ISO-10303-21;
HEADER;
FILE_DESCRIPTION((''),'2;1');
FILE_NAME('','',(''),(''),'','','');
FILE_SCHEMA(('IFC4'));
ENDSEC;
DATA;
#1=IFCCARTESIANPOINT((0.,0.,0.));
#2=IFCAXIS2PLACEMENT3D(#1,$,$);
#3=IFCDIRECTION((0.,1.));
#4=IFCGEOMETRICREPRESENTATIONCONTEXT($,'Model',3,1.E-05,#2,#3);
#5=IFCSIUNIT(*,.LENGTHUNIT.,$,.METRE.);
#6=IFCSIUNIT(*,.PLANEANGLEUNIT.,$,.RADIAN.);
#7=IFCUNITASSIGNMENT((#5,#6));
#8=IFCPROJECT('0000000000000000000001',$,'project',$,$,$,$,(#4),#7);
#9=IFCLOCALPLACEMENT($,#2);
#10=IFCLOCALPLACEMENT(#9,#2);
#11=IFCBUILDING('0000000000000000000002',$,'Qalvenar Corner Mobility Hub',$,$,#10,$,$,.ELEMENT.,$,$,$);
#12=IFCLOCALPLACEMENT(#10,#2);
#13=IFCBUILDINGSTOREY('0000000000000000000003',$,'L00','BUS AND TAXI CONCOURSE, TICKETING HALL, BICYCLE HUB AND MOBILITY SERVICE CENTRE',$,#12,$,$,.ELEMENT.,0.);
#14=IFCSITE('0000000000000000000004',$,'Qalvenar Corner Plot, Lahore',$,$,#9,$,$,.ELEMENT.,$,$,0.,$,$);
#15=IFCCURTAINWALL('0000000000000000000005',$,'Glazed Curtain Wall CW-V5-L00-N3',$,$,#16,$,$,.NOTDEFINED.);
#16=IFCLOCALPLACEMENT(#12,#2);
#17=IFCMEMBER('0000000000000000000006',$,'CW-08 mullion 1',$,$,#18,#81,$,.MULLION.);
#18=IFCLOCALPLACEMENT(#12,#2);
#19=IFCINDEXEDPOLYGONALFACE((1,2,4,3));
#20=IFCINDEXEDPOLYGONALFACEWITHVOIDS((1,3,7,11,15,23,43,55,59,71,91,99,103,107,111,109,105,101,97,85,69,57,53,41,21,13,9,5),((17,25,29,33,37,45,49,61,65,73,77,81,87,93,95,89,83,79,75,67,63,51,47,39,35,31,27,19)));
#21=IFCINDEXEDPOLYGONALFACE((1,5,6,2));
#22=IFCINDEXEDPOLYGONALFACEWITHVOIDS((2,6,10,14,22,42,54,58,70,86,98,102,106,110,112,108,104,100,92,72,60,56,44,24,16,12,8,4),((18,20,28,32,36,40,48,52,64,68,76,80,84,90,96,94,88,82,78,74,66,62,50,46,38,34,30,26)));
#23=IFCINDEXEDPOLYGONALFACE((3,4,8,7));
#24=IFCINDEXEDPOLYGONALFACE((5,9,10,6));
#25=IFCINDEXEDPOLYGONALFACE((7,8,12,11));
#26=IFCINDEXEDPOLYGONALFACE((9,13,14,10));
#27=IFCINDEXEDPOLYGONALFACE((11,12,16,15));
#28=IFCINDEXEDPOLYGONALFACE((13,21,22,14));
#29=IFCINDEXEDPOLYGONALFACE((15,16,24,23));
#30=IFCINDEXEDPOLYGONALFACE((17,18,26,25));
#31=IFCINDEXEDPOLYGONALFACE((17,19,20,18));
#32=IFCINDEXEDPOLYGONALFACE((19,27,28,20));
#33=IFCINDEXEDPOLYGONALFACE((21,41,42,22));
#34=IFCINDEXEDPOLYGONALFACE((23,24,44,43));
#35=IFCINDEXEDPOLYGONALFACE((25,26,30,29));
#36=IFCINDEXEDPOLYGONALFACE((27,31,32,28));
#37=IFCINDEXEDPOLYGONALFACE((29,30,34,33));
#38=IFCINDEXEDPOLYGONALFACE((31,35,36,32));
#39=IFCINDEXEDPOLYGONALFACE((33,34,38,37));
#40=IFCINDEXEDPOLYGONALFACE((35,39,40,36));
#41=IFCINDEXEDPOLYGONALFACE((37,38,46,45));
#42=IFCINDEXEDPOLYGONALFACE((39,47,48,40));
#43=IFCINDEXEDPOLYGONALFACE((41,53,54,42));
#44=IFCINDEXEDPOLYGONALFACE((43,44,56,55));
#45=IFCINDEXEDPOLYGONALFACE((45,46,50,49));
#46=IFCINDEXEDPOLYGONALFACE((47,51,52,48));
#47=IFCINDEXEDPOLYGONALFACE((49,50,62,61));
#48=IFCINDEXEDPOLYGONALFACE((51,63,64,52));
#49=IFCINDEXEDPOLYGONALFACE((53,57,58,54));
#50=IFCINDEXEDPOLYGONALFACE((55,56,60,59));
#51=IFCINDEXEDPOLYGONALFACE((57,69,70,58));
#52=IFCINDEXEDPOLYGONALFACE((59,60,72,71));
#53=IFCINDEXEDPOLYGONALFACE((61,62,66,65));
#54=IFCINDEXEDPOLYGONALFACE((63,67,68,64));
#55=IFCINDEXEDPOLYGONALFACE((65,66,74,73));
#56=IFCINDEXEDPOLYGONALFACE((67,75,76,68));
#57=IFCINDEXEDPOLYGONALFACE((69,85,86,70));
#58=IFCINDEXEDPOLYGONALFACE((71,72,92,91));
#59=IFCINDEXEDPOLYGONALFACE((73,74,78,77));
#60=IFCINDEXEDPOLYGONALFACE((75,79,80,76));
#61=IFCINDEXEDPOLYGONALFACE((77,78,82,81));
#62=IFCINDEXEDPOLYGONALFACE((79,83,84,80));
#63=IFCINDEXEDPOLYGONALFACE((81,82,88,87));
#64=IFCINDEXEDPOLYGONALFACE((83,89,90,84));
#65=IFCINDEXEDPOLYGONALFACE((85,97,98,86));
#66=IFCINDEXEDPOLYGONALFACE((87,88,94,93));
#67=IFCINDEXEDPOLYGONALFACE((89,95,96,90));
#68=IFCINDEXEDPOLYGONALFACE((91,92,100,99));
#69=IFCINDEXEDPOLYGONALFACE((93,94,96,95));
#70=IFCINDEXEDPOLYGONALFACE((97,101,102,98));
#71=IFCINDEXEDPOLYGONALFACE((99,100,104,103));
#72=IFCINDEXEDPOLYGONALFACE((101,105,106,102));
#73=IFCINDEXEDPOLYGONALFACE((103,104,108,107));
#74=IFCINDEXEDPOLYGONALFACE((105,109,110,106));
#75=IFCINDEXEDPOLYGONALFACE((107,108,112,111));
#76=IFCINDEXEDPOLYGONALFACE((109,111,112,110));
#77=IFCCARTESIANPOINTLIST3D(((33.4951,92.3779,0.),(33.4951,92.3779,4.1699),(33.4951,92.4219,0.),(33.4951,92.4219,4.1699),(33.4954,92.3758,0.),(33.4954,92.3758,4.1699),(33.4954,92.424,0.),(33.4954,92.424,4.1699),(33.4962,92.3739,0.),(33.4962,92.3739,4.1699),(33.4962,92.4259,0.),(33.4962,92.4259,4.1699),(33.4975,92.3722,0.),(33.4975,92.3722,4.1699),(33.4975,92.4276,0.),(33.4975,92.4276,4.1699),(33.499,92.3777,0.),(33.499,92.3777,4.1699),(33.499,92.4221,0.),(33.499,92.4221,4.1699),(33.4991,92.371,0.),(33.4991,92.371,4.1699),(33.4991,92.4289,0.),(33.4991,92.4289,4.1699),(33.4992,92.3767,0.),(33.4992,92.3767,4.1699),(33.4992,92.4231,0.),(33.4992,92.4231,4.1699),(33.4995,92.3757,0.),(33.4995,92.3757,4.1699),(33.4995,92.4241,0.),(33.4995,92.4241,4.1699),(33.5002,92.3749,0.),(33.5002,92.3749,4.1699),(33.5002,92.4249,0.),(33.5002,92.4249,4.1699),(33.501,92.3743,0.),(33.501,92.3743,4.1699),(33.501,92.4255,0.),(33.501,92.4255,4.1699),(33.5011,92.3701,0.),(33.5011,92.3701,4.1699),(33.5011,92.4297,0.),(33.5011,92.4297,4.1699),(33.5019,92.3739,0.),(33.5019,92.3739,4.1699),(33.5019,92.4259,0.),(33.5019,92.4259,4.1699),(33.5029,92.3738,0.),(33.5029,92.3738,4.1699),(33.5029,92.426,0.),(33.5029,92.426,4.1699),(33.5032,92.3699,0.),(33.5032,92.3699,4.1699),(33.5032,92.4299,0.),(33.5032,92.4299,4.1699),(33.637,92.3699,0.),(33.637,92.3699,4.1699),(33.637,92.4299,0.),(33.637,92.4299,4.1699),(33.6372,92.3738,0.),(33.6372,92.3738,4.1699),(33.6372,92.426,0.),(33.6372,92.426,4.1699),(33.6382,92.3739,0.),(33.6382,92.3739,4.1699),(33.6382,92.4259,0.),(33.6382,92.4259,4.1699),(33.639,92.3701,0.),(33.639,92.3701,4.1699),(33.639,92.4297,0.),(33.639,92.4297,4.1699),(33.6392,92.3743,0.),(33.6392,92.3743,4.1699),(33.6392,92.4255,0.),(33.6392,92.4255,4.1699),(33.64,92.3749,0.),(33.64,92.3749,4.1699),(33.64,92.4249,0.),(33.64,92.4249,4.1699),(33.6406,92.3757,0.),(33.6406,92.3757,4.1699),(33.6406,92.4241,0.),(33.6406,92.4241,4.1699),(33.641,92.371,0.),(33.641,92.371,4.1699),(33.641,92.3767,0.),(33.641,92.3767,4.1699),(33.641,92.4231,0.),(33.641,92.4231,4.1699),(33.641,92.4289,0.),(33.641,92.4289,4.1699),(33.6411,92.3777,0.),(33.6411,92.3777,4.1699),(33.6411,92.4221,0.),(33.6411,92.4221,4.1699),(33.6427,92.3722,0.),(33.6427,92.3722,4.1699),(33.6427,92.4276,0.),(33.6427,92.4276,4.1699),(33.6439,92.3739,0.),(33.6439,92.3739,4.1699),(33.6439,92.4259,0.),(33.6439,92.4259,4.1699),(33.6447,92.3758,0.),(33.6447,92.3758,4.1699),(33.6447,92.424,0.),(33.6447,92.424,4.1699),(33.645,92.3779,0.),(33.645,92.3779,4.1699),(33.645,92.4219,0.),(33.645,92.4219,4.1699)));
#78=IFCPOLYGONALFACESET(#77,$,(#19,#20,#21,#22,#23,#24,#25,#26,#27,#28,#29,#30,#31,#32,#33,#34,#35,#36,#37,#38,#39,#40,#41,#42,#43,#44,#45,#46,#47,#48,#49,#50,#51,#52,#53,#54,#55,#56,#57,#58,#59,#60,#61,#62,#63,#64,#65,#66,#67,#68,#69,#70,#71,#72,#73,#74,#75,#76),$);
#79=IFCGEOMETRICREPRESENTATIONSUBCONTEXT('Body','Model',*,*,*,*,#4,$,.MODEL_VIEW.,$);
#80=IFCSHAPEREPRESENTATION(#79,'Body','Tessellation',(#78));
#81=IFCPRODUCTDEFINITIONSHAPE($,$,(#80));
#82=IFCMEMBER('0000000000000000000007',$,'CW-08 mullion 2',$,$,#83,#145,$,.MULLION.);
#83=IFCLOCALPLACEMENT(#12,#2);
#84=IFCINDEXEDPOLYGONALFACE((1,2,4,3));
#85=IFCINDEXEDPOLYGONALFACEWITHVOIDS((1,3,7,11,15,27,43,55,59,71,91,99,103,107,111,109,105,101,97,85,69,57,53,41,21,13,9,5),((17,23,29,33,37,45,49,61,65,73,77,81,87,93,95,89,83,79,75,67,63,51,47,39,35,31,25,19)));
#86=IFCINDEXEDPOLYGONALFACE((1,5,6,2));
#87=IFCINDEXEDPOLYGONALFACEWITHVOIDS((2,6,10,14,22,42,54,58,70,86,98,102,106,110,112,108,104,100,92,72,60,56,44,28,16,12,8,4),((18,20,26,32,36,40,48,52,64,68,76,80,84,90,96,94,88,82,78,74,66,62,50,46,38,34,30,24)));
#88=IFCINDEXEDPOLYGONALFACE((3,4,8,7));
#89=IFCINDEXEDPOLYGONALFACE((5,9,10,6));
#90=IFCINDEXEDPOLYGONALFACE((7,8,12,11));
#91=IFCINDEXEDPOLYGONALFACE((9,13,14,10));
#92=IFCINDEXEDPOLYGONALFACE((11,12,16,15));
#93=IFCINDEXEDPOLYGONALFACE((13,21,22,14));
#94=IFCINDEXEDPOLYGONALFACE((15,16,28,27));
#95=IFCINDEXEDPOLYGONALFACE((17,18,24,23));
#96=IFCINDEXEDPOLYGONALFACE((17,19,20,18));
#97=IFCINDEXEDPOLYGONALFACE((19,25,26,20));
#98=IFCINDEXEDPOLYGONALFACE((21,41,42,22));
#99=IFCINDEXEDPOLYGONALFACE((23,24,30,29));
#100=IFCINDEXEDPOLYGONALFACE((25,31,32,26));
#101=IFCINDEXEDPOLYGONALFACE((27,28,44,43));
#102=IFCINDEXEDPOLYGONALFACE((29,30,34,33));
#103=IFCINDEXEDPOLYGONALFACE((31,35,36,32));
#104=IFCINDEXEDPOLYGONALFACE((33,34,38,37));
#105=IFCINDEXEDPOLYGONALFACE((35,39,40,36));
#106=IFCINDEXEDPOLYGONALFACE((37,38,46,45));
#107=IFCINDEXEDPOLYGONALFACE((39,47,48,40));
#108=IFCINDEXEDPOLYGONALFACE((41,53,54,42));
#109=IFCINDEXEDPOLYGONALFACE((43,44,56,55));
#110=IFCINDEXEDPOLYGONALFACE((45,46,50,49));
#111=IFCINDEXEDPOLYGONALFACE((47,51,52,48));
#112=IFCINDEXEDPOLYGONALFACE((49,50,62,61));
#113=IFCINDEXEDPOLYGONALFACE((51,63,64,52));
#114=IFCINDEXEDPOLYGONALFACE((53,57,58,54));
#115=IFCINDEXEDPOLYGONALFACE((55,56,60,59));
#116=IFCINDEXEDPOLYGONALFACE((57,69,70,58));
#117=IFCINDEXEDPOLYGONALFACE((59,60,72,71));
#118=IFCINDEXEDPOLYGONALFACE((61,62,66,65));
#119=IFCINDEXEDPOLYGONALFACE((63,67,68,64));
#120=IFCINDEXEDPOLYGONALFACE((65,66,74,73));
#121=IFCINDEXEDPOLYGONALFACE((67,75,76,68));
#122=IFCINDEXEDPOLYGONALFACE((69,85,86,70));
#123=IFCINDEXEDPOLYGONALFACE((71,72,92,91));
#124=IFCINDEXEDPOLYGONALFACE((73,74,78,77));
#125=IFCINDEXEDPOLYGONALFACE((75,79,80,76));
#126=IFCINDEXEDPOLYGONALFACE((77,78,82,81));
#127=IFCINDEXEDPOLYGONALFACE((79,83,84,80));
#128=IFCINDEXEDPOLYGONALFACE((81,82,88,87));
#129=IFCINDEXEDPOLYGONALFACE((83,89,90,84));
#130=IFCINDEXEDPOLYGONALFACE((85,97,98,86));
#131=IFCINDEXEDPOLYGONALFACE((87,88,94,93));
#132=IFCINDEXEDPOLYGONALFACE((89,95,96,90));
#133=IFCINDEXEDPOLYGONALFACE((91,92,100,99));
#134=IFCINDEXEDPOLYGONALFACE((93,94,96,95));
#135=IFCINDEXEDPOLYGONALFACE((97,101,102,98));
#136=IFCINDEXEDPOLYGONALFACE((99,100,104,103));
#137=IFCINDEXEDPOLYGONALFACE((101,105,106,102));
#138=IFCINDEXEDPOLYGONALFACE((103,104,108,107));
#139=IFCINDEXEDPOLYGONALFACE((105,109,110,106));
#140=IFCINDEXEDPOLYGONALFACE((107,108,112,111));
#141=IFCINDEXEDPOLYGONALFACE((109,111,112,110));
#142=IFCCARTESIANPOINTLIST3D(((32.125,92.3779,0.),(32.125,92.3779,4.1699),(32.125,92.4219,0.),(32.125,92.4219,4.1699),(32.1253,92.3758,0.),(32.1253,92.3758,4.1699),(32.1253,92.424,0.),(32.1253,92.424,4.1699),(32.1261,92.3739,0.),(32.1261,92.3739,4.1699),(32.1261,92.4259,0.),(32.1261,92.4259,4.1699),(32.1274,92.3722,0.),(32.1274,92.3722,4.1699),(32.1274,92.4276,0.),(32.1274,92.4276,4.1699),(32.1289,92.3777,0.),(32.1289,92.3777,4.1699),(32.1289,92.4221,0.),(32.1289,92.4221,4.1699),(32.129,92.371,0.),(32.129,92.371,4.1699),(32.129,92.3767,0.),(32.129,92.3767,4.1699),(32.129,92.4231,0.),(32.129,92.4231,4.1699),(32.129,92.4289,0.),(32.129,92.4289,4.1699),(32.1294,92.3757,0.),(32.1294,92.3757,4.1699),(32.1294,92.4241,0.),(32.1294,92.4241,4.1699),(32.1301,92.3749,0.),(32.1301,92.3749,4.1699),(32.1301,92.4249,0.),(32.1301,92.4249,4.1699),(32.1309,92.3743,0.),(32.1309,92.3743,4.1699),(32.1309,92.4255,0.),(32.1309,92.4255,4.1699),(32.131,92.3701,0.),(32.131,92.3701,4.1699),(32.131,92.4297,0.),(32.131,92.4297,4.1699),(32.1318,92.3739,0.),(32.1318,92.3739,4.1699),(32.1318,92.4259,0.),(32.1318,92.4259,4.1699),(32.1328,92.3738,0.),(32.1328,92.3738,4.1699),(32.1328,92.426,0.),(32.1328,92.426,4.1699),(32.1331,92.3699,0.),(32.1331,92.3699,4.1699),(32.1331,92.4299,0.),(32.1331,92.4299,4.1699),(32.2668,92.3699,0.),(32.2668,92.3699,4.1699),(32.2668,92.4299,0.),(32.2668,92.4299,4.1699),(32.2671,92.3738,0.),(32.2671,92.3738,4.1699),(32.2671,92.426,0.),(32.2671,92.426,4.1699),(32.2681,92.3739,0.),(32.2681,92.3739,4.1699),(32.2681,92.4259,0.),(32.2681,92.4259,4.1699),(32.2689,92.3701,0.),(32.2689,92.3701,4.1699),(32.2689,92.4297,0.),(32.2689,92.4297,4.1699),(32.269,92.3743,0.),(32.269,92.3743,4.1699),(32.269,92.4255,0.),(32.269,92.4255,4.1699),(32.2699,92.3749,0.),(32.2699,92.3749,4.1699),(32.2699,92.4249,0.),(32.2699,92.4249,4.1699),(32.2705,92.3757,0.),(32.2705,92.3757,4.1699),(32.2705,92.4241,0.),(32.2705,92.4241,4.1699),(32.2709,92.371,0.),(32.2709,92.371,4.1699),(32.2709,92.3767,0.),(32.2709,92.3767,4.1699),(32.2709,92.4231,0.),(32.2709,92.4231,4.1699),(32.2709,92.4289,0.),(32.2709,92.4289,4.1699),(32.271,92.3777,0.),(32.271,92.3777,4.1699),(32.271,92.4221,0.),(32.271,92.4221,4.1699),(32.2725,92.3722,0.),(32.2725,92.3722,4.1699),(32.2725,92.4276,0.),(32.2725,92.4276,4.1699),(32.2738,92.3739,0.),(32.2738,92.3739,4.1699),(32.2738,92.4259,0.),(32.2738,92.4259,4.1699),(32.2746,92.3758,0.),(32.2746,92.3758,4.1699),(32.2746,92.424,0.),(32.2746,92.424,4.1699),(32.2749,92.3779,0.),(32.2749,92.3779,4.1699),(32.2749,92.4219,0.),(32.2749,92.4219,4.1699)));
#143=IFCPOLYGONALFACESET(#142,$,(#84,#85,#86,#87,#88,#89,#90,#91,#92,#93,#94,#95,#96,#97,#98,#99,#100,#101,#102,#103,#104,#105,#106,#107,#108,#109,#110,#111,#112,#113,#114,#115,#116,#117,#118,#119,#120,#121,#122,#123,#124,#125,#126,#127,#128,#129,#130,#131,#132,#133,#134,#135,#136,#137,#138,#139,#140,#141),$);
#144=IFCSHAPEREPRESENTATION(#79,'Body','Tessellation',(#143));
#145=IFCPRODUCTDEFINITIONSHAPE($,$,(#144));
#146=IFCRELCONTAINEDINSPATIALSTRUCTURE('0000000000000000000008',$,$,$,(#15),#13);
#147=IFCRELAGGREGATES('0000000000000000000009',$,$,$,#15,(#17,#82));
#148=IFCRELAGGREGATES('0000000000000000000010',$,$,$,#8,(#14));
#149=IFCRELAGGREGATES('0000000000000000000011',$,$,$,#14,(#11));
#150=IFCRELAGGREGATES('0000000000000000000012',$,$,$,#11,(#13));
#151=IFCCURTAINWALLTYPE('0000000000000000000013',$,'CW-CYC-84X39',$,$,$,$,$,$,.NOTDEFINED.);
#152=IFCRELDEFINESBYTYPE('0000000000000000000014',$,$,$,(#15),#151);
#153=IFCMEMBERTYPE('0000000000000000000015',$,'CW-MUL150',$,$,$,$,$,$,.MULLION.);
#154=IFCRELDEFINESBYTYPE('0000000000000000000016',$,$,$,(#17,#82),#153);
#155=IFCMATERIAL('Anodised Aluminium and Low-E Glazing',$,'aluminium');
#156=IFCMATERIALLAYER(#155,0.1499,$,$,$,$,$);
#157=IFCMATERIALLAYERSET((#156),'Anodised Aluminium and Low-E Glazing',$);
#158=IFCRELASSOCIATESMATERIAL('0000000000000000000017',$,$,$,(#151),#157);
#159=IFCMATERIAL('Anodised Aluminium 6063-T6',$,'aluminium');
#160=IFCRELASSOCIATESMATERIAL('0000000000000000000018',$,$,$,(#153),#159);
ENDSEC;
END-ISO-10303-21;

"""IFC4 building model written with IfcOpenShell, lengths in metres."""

from ifc_helpers import new_model, si_unit, direction, frame, origin, origin_2d, place, context, subcontext, project, spatial, hollow_rectangle, extrude, material, layer, layer_set, material_profile, profile_set, type_object, element, aggregate, save


model = new_model("IFC4")

# Units and contexts
model_context = context("Model", 3, precision=1e-05, world=origin(), true_north=direction((0.0, 1.0)))
body_context = subcontext(model_context, "Body", "Model", "MODEL_VIEW")
ifc_project = project(units=[si_unit("LENGTHUNIT", "METRE"), si_unit("PLANEANGLEUNIT", "RADIAN")], contexts=[model_context])

# Site, building, storey
site_placement = place(None, origin())
site = spatial("IfcSite", under=ifc_project, at=site_placement, Name="Qalvenar Corner Plot, Lahore", CompositionType="ELEMENT", RefElevation=0.0)
building_placement = place(site_placement, origin())
building = spatial("IfcBuilding", under=site, at=building_placement, Name="Qalvenar Corner Mobility Hub", CompositionType="ELEMENT")
storey_placement = place(building_placement, origin())
storey = spatial("IfcBuildingStorey", under=building, at=storey_placement, Name="L00", Description="BUS AND TAXI CONCOURSE, TICKETING HALL, BICYCLE HUB AND MOBILITY SERVICE CENTRE", CompositionType="ELEMENT", Elevation=0.0)

# Curtain wall, members
ifc_material_1 = material(Name="Anodised Aluminium and Low-E Glazing", Category="aluminium")
ifc_layer_1 = layer(ifc_material_1, 0.1499)
ifc_layer_set_1 = layer_set([ifc_layer_1], Name="Anodised Aluminium and Low-E Glazing")
curtain_wall_type = type_object("IfcCurtainWallType", Name="CW-CYC-84X39", PredefinedType="NOTDEFINED", material=ifc_layer_set_1)
ifc_material_2 = material(Name="Anodised Aluminium 6063-T6", Category="aluminium")
ifc_material_profile_1 = material_profile(ifc_material_2, hollow_rectangle(XDim=0.0601, YDim=0.1499, WallThickness=0.0039, InnerFilletRadius=0.0039, OuterFilletRadius=0.0081, at=origin_2d()), Name="RHS150x60x4")
ifc_profile_set_1 = profile_set([ifc_material_profile_1], Name="Anodised Aluminium 6063-T6")
member_type_1 = type_object("IfcMemberType", Name="CW-MUL150", PredefinedType="MULLION", material=ifc_profile_set_1)
curtain_wall_1_placement = place(storey_placement, origin())
curtain_wall_1 = element("IfcCurtainWall", 1, at=curtain_wall_1_placement, inside=storey, type_object=curtain_wall_type, Name="Glazed Curtain Wall CW-V5-L00-N3", PredefinedType="NOTDEFINED")
member_1_placement = place(storey_placement, frame((33.5701, 92.3999, 0.0), z_axis=(0.0, 0.0, 1.0), x_axis=(0.0, -1.0, 0.0)))
member_1 = element("IfcMember", 2, at=member_1_placement, type_object=member_type_1, Name="CW-08 mullion 1", PredefinedType="MULLION", context=body_context, shape_type="SweptSolid", body=[
    extrude(hollow_rectangle(XDim=0.0601, YDim=0.1499, WallThickness=0.0039, InnerFilletRadius=0.0039, OuterFilletRadius=0.0081, at=origin_2d()), origin(), (0.0, 0.0, 1.0), 4.1699),
])
member_2_placement = place(storey_placement, frame((32.2, 92.3999, 0.0), z_axis=(0.0, 0.0, 1.0), x_axis=(0.0, -1.0, 0.0)))
member_2 = element("IfcMember", 3, at=member_2_placement, type_object=member_type_1, Name="CW-08 mullion 2", PredefinedType="MULLION", context=body_context, shape_type="SweptSolid", body=[
    extrude(hollow_rectangle(XDim=0.0601, YDim=0.1499, WallThickness=0.0039, InnerFilletRadius=0.0039, OuterFilletRadius=0.0081, at=origin_2d()), origin(), (0.0, 0.0, 1.0), 4.1699),
])

aggregate(curtain_wall_1, [member_1, member_2])

save(model, "model.ifc")
